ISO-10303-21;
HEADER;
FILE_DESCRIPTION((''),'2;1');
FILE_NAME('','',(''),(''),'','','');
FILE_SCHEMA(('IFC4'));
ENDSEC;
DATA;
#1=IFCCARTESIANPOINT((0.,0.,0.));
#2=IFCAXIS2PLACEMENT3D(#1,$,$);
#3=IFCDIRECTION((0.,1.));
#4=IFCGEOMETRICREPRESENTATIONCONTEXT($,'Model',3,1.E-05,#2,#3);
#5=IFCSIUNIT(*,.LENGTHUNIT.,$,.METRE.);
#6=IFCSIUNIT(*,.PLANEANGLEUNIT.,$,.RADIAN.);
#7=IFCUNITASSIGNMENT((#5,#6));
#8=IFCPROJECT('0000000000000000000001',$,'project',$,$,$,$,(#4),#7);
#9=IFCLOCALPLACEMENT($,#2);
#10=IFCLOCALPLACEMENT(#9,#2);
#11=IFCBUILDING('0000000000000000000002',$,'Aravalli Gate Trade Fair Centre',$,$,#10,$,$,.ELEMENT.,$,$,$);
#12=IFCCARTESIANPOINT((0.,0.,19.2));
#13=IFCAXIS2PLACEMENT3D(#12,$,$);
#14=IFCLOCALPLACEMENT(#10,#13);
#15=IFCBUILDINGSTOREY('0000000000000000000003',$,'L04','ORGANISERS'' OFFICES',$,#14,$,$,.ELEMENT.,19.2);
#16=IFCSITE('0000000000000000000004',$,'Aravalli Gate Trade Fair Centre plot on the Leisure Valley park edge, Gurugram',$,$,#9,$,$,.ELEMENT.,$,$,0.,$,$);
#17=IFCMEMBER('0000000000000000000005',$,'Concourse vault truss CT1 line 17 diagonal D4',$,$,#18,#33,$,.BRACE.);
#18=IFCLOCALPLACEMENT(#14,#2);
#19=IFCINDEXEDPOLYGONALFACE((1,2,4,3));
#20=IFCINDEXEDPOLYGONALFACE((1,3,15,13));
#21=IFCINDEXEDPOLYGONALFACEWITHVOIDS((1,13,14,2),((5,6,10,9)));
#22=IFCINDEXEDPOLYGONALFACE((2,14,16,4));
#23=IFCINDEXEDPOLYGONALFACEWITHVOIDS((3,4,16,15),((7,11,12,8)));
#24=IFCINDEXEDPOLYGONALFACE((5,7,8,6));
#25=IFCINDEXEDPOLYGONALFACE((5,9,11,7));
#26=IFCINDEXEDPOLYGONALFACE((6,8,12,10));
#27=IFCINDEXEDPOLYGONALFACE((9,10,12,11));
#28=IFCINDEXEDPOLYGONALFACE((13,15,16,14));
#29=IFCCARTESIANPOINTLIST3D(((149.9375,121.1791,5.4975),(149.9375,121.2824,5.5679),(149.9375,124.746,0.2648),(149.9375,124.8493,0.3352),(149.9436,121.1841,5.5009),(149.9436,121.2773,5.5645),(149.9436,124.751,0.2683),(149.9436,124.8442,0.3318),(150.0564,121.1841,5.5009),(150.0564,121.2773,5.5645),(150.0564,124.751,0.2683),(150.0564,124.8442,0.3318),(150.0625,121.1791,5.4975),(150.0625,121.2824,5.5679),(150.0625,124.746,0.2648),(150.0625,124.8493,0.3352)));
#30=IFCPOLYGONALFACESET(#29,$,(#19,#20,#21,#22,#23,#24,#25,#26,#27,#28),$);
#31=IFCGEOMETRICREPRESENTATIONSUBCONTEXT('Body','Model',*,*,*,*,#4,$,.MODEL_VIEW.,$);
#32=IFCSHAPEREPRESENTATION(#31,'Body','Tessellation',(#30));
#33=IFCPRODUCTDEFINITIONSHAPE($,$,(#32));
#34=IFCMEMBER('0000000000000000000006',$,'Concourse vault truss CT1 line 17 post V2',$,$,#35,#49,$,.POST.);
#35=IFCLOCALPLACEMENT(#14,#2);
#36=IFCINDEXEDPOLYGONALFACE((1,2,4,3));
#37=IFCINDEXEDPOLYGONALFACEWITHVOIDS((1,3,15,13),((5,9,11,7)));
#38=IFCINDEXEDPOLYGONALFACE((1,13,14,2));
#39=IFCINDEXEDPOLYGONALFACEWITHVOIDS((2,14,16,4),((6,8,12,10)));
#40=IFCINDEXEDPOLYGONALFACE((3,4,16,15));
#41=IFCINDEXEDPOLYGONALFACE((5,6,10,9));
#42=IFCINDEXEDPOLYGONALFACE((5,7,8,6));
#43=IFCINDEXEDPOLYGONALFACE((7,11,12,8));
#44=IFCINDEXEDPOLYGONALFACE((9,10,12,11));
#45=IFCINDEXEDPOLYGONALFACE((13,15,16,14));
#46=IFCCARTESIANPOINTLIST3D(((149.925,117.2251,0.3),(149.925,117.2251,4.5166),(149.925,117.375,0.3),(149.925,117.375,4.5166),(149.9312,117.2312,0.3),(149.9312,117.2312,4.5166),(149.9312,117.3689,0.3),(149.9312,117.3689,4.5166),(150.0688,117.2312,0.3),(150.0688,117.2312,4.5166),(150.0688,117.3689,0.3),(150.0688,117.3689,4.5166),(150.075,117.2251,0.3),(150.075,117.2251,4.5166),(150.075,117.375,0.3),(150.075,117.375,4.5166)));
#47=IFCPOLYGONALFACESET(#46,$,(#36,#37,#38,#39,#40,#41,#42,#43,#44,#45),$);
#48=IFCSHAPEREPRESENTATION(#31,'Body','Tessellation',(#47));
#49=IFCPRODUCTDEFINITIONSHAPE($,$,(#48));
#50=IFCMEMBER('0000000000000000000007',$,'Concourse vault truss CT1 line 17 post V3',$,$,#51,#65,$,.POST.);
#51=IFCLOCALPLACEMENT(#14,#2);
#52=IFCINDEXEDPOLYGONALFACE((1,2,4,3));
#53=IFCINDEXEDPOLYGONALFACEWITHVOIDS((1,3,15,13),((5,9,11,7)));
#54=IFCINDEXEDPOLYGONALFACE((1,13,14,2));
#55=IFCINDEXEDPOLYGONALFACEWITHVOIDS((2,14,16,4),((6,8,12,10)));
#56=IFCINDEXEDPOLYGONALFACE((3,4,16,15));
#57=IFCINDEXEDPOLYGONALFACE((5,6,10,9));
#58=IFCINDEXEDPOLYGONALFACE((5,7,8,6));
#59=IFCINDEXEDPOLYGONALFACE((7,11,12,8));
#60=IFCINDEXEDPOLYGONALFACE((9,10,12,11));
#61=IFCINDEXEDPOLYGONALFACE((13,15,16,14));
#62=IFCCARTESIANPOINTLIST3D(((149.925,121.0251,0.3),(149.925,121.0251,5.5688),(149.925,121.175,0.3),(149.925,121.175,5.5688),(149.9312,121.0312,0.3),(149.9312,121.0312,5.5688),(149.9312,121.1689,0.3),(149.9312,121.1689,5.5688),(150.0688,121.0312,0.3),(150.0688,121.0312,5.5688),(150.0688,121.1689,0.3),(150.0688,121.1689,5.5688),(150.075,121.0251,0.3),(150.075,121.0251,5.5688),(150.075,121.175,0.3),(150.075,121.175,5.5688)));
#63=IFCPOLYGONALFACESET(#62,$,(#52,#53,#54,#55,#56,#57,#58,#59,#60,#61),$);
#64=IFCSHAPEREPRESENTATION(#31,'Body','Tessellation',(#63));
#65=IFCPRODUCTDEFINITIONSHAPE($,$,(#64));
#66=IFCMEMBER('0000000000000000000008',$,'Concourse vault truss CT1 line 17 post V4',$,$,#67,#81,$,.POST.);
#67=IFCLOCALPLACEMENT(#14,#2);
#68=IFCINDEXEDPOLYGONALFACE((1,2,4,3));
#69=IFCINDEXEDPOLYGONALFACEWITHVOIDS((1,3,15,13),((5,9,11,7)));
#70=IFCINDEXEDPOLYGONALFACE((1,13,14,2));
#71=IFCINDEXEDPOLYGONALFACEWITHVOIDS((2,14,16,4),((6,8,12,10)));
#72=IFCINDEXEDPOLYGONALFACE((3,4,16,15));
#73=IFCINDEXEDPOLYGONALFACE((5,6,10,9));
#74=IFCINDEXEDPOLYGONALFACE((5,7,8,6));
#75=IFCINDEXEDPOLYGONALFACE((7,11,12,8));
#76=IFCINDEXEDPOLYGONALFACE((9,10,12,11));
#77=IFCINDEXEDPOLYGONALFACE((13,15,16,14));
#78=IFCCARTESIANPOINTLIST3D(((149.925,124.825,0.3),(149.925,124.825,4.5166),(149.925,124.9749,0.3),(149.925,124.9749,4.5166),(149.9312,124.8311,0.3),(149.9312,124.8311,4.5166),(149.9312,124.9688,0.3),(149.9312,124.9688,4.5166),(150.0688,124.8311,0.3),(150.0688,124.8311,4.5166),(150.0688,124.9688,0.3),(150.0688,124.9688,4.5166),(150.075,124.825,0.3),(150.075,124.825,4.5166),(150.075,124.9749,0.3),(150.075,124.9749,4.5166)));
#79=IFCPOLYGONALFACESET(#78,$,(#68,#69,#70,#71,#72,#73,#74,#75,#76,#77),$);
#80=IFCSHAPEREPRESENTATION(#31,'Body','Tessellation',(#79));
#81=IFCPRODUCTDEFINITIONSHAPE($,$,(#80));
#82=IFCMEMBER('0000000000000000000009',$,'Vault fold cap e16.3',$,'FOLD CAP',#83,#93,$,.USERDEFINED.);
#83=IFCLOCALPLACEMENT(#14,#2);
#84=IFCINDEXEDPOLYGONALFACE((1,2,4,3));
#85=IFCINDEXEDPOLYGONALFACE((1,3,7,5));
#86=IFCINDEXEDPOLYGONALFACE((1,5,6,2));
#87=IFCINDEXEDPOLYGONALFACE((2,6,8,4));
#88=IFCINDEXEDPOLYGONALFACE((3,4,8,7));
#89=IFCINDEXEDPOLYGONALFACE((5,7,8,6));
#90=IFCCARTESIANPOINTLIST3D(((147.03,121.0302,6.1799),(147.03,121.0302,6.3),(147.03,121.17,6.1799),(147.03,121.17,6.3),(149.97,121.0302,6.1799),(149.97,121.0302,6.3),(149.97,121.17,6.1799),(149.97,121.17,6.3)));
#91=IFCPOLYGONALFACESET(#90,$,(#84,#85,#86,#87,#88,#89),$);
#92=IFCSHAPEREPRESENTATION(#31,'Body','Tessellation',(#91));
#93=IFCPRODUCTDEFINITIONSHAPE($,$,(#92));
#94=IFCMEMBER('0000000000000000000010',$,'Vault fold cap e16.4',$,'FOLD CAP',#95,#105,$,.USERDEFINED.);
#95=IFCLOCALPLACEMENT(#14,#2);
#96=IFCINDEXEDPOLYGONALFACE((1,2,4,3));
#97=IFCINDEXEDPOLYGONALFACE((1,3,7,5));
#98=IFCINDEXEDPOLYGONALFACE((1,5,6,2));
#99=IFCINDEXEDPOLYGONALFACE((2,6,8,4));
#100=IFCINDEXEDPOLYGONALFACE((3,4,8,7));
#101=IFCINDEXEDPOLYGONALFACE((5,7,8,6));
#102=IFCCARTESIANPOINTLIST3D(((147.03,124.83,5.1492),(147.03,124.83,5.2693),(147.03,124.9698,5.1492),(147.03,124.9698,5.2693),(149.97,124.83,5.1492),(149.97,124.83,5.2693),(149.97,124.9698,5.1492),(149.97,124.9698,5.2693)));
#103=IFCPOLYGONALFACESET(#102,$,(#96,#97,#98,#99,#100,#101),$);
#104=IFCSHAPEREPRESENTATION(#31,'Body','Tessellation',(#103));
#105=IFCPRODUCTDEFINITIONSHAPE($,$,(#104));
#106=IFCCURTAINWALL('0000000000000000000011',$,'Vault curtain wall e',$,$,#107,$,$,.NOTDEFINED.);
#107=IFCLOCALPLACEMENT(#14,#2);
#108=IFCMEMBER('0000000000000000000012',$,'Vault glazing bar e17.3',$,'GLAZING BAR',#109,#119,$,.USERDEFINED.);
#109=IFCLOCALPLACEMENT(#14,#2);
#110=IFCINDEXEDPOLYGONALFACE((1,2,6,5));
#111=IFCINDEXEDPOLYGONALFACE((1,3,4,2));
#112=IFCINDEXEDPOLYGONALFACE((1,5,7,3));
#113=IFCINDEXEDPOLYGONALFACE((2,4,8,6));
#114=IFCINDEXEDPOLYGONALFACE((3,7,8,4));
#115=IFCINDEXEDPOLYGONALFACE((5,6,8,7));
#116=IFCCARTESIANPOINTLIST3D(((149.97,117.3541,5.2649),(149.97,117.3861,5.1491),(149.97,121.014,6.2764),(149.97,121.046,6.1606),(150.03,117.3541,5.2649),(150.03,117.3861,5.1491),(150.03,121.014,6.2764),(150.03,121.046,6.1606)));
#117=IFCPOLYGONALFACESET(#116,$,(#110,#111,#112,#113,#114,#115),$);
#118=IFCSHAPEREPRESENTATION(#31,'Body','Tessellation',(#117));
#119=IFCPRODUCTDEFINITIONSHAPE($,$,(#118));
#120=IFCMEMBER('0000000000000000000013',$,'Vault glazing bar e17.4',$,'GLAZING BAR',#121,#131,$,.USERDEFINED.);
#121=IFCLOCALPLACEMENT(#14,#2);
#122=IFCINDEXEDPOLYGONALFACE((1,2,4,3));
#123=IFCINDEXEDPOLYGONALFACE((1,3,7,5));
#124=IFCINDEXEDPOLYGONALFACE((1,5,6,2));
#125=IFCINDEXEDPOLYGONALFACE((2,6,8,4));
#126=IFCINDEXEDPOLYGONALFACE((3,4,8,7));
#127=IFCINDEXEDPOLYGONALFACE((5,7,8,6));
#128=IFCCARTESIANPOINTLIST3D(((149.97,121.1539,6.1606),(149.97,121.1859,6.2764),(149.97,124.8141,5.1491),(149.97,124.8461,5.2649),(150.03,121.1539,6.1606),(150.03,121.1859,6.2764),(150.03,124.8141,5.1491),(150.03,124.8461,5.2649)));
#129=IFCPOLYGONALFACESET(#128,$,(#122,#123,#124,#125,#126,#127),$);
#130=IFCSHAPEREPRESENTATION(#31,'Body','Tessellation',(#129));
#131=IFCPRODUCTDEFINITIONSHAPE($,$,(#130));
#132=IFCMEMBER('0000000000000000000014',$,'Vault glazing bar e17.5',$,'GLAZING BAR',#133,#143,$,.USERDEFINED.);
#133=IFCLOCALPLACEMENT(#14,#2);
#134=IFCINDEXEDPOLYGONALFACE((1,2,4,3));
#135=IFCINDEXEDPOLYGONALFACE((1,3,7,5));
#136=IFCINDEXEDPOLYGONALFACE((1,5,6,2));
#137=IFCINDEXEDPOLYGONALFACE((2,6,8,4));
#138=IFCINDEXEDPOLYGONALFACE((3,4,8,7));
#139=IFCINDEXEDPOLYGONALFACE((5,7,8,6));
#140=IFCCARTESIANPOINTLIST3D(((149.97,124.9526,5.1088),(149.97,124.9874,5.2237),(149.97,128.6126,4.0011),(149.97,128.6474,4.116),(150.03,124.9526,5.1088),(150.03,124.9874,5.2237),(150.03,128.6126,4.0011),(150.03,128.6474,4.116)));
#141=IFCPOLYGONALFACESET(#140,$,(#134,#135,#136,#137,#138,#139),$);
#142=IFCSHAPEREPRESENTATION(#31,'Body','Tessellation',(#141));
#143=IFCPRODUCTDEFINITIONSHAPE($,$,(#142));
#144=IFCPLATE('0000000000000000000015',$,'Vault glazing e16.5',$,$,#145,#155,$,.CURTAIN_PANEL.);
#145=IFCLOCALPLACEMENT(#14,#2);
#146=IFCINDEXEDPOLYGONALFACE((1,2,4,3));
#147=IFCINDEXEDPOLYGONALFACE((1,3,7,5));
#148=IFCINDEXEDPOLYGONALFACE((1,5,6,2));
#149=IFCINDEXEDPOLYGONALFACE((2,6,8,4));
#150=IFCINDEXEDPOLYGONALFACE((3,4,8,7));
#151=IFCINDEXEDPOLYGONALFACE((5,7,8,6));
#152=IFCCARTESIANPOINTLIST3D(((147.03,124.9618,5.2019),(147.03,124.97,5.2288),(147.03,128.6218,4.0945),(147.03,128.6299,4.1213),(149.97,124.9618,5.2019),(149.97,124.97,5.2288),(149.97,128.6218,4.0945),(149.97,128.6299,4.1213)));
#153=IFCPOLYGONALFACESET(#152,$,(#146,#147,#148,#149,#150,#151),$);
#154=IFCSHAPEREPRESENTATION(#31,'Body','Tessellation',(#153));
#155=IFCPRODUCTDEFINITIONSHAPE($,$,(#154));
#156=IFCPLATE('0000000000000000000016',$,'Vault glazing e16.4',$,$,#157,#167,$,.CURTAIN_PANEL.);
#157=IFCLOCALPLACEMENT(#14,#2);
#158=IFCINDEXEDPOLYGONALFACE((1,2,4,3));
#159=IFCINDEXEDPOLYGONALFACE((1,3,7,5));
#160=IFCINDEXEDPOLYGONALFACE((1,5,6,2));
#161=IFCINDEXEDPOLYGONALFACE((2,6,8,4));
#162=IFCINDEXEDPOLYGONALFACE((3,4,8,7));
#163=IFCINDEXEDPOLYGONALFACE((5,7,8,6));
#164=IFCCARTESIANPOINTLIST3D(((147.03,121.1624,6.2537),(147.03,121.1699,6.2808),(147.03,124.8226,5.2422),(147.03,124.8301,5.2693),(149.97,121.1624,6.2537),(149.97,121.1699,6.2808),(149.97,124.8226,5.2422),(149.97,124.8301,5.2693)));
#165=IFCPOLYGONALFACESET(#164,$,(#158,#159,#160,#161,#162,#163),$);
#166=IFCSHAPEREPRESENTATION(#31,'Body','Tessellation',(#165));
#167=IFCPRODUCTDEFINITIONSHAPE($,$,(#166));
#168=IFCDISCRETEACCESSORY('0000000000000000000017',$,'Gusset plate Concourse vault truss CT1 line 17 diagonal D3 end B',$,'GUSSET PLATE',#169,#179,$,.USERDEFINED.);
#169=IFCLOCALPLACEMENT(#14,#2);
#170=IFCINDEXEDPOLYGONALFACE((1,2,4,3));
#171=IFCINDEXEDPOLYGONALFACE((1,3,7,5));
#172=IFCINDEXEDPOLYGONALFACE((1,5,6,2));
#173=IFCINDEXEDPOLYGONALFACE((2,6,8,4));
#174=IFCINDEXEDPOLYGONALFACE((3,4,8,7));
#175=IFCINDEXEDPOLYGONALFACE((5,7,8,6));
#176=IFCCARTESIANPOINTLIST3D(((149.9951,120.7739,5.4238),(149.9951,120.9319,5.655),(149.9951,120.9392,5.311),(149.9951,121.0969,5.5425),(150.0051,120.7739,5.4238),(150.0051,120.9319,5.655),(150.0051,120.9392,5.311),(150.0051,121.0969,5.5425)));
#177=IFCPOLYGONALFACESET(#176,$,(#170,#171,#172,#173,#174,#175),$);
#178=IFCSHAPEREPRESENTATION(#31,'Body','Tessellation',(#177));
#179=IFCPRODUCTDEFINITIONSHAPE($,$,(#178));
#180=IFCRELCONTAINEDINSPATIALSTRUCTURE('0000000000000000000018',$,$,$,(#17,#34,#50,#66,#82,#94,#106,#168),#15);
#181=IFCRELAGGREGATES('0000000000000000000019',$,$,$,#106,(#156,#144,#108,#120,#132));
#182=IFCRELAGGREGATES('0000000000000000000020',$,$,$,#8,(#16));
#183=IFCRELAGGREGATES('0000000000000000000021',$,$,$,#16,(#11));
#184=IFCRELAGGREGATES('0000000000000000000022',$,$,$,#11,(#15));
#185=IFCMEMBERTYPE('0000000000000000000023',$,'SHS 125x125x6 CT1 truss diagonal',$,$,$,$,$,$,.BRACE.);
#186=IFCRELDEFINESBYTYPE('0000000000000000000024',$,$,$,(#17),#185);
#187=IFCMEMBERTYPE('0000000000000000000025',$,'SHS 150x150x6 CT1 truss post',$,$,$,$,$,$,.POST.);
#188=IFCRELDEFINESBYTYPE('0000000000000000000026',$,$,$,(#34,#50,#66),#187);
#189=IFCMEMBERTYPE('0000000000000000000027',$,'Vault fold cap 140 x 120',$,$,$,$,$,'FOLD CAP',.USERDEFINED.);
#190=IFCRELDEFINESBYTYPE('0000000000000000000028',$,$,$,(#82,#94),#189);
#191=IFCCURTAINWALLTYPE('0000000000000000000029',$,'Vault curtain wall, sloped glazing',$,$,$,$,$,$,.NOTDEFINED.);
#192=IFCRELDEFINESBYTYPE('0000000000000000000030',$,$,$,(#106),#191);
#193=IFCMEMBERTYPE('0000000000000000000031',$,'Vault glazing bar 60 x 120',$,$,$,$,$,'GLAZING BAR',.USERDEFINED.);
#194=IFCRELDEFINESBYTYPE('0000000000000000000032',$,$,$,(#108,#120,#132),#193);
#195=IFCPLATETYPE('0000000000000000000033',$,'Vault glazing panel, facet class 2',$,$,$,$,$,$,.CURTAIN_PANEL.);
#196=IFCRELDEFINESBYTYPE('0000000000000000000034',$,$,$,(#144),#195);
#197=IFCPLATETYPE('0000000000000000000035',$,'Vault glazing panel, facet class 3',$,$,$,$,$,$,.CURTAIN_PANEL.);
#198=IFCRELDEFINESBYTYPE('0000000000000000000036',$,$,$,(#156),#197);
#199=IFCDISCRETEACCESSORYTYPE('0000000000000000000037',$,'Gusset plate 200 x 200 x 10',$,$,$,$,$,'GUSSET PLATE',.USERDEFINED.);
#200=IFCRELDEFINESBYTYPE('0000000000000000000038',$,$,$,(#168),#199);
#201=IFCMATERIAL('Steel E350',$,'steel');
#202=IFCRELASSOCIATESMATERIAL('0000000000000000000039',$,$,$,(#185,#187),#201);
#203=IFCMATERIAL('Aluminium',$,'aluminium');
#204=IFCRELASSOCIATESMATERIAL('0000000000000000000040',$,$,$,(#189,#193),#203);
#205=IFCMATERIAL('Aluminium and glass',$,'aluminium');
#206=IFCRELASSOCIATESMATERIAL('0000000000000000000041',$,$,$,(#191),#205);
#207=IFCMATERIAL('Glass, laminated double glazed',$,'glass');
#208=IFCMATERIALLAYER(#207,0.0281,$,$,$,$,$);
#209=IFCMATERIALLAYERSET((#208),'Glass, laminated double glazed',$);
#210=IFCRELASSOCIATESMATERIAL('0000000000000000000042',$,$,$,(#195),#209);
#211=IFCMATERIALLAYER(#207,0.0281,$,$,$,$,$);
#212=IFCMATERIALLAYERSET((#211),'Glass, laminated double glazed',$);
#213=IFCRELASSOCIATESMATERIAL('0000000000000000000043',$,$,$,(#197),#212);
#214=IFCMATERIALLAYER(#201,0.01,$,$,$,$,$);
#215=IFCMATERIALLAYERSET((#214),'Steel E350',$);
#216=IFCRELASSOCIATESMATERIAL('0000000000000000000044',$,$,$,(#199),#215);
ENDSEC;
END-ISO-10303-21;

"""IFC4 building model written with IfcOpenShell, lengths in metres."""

from ifc_helpers import new_model, si_unit, direction, frame, origin, origin_2d, place, context, subcontext, project, spatial, polyline, rectangle, hollow_rectangle, outline, extrude, material, layer, layer_set, material_profile, profile_set, type_object, element, aggregate, save


model = new_model("IFC4")

# Units and contexts
model_context = context("Model", 3, precision=1e-05, world=origin(), true_north=direction((0.0, 1.0)))
body_context = subcontext(model_context, "Body", "Model", "MODEL_VIEW")
ifc_project = project(units=[si_unit("LENGTHUNIT", "METRE"), si_unit("PLANEANGLEUNIT", "RADIAN")], contexts=[model_context])

# Site, building, storey
site_placement = place(None, origin())
site = spatial("IfcSite", under=ifc_project, at=site_placement, Name="Aravalli Gate Trade Fair Centre plot on the Leisure Valley park edge, Gurugram", CompositionType="ELEMENT", RefElevation=0.0)
building_placement = place(site_placement, origin())
building = spatial("IfcBuilding", under=site, at=building_placement, Name="Aravalli Gate Trade Fair Centre", CompositionType="ELEMENT")
storey_placement = place(building_placement, frame((0.0, 0.0, 19.2)))
storey = spatial("IfcBuildingStorey", under=building, at=storey_placement, Name="L04", Description="ORGANISERS' OFFICES", CompositionType="ELEMENT", Elevation=19.2)

# Members
ifc_material_1 = material(Name="Steel E350", Category="steel")
ifc_material_profile_1 = material_profile(ifc_material_1, hollow_rectangle(XDim=0.125, YDim=0.125, WallThickness=0.0061, at=origin_2d()), Name="SHS 125x125x6")
ifc_profile_set_1 = profile_set([ifc_material_profile_1], Name="Steel E350")
member_type_1 = type_object("IfcMemberType", Name="SHS 125x125x6 CT1 truss diagonal", PredefinedType="BRACE", material=ifc_profile_set_1)
for number, where, z_axis, x_axis, name in (
    (1, (150.0, 121.2307, 5.5327), (0.0, 0.563247, -0.826289), (-1.0, 0.0, 0.0), "Concourse vault truss CT1 line 17 diagonal D4"),
):
    element("IfcMember", number, at=place(storey_placement, frame(where, z_axis=z_axis, x_axis=x_axis)), inside=storey, type_object=member_type_1, Name=name, PredefinedType="BRACE", context=body_context, shape_type="SweptSolid", body=[
        extrude(hollow_rectangle(XDim=0.125, YDim=0.125, WallThickness=0.0061, at=origin_2d()), origin(), (0.0, 0.0, 1.0), 6.3328),
    ])
ifc_material_profile_2 = material_profile(ifc_material_1, hollow_rectangle(XDim=0.1499, YDim=0.1499, WallThickness=0.0061, at=origin_2d()), Name="SHS 150x150x6")
ifc_profile_set_2 = profile_set([ifc_material_profile_2], Name="Steel E350")
member_type_2 = type_object("IfcMemberType", Name="SHS 150x150x6 CT1 truss post", PredefinedType="POST", material=ifc_profile_set_2)
member_1_placement = place(storey_placement, frame((150.0, 117.3, 0.3), z_axis=(0.0, 0.0, 1.0), x_axis=(1.0, 0.0, 0.0)))
element("IfcMember", 2, at=member_1_placement, inside=storey, type_object=member_type_2, Name="Concourse vault truss CT1 line 17 post V2", PredefinedType="POST", context=body_context, shape_type="SweptSolid", body=[
    extrude(hollow_rectangle(XDim=0.1499, YDim=0.1499, WallThickness=0.0061, at=origin_2d()), origin(), (0.0, 0.0, 1.0), 4.2166),
])
member_2_placement = place(storey_placement, frame((150.0, 121.1001, 0.3), z_axis=(0.0, 0.0, 1.0), x_axis=(1.0, 0.0, 0.0)))
element("IfcMember", 3, at=member_2_placement, inside=storey, type_object=member_type_2, Name="Concourse vault truss CT1 line 17 post V3", PredefinedType="POST", context=body_context, shape_type="SweptSolid", body=[
    extrude(hollow_rectangle(XDim=0.1499, YDim=0.1499, WallThickness=0.0061, at=origin_2d()), origin(), (0.0, 0.0, 1.0), 5.2688),
])
member_3_placement = place(storey_placement, frame((150.0, 124.8999, 0.3), z_axis=(0.0, 0.0, 1.0), x_axis=(1.0, 0.0, 0.0)))
element("IfcMember", 4, at=member_3_placement, inside=storey, type_object=member_type_2, Name="Concourse vault truss CT1 line 17 post V4", PredefinedType="POST", context=body_context, shape_type="SweptSolid", body=[
    extrude(hollow_rectangle(XDim=0.1499, YDim=0.1499, WallThickness=0.0061, at=origin_2d()), origin(), (0.0, 0.0, 1.0), 4.2166),
])
ifc_material_2 = material(Name="Aluminium", Category="aluminium")
ifc_material_profile_3 = material_profile(ifc_material_2, rectangle(XDim=0.1399, YDim=0.1201, at=origin_2d()), Name="Vault fold cap 140 x 120")
ifc_profile_set_3 = profile_set([ifc_material_profile_3], Name="Aluminium")
member_type_3 = type_object("IfcMemberType", Name="Vault fold cap 140 x 120", ElementType="FOLD CAP", PredefinedType="USERDEFINED", material=ifc_profile_set_3)
for number, where, z_axis, x_axis, name in (
    (5, (147.03, 121.1001, 6.24), (1.0, 0.0, 0.0), (0.0, 1.0, 0.0), "Vault fold cap e16.3"),
    (6, (147.03, 124.8999, 5.2092), (1.0, 0.0, 0.0), (0.0, 1.0, 0.0), "Vault fold cap e16.4"),
):
    element("IfcMember", number, at=place(storey_placement, frame(where, z_axis=z_axis, x_axis=x_axis)), inside=storey, type_object=member_type_3, Name=name, ObjectType="FOLD CAP", PredefinedType="USERDEFINED", context=body_context, shape_type="SweptSolid", body=[
        extrude(rectangle(XDim=0.1399, YDim=0.1201, at=origin_2d()), origin(), (0.0, 0.0, 1.0), 2.9399),
    ])

# Curtain wall, members, plates
ifc_material_3 = material(Name="Aluminium and glass", Category="aluminium")
curtain_wall_type = type_object("IfcCurtainWallType", Name="Vault curtain wall, sloped glazing", PredefinedType="NOTDEFINED", material=ifc_material_3)
curtain_wall_placement = place(storey_placement, origin())
curtain_wall = element("IfcCurtainWall", 7, at=curtain_wall_placement, inside=storey, type_object=curtain_wall_type, Name="Vault curtain wall e", PredefinedType="NOTDEFINED")
ifc_material_profile_4 = material_profile(ifc_material_2, rectangle(XDim=0.0601, YDim=0.1201, at=origin_2d()), Name="Vault glazing bar 60 x 120")
ifc_profile_set_4 = profile_set([ifc_material_profile_4], Name="Aluminium")
member_type_4 = type_object("IfcMemberType", Name="Vault glazing bar 60 x 120", ElementType="GLAZING BAR", PredefinedType="USERDEFINED", material=ifc_profile_set_4)
member_4_placement = place(storey_placement, frame((150.0, 117.3701, 5.207), z_axis=(0.0, 0.963868, 0.26638), x_axis=(-1.0, 0.0, 0.0)))
member_4 = element("IfcMember", 8, at=member_4_placement, type_object=member_type_4, Name="Vault glazing bar e17.3", ObjectType="GLAZING BAR", PredefinedType="USERDEFINED", context=body_context, shape_type="SweptSolid", body=[
    extrude(rectangle(XDim=0.0601, YDim=0.1201, at=origin_2d()), origin(), (0.0, 0.0, 1.0), 3.7971),
])
member_5_placement = place(storey_placement, frame((150.0, 121.1699, 6.2185), z_axis=(0.0, 0.963873, -0.266364), x_axis=(-1.0, 0.0, 0.0)))
member_5 = element("IfcMember", 9, at=member_5_placement, type_object=member_type_4, Name="Vault glazing bar e17.4", ObjectType="GLAZING BAR", PredefinedType="USERDEFINED", context=body_context, shape_type="SweptSolid", body=[
    extrude(rectangle(XDim=0.0601, YDim=0.1201, at=origin_2d()), origin(), (0.0, 0.0, 1.0), 3.7974),
])
member_6_placement = place(storey_placement, frame((150.0, 124.97, 5.1663), z_axis=(0.0, 0.957126, -0.289672), x_axis=(-1.0, 0.0, 0.0)))
member_6 = element("IfcMember", 10, at=member_6_placement, type_object=member_type_4, Name="Vault glazing bar e17.5", ObjectType="GLAZING BAR", PredefinedType="USERDEFINED", context=body_context, shape_type="SweptSolid", body=[
    extrude(rectangle(XDim=0.0601, YDim=0.1201, at=origin_2d()), origin(), (0.0, 0.0, 1.0), 3.824),
])
ifc_material_4 = material(Name="Glass, laminated double glazed", Category="glass")
ifc_layer_1 = layer(ifc_material_4, 0.0281)
ifc_layer_set_1 = layer_set([ifc_layer_1], Name="Glass, laminated double glazed")
plate_type_1 = type_object("IfcPlateType", Name="Vault glazing panel, facet class 2", PredefinedType="CURTAIN_PANEL", material=ifc_layer_set_1)
plate_1_placement = place(storey_placement, frame((147.03, 124.97, 5.2288), z_axis=(0.0, 0.289614, 0.957144), x_axis=(1.0, 0.0, 0.0)))
plate_1 = element("IfcPlate", 11, at=plate_1_placement, type_object=plate_type_1, Name="Vault glazing e16.5", PredefinedType="CURTAIN_PANEL", context=body_context, shape_type="SweptSolid", body=[
    extrude(outline(polyline([(0.0, 0.0), (2.9399, 0.0), (2.9399, 3.8238), (0.0, 3.8238), (0.0, 0.0)])), origin(), (0.0, 0.0, -1.0), 0.0281),
])
ifc_layer_2 = layer(ifc_material_4, 0.0281)
ifc_layer_set_2 = layer_set([ifc_layer_2], Name="Glass, laminated double glazed")
plate_type_2 = type_object("IfcPlateType", Name="Vault glazing panel, facet class 3", PredefinedType="CURTAIN_PANEL", material=ifc_layer_set_2)
plate_2_placement = place(storey_placement, frame((147.03, 121.1699, 6.2808), z_axis=(0.0, 0.266364, 0.963873), x_axis=(1.0, 0.0, 0.0)))
plate_2 = element("IfcPlate", 12, at=plate_2_placement, type_object=plate_type_2, Name="Vault glazing e16.4", PredefinedType="CURTAIN_PANEL", context=body_context, shape_type="SweptSolid", body=[
    extrude(outline(polyline([(0.0, 0.0), (2.9399, 0.0), (2.9399, 3.7973), (0.0, 3.7973), (0.0, 0.0)])), origin(), (0.0, 0.0, -1.0), 0.0281),
])
aggregate(curtain_wall, [plate_2, plate_1, member_4, member_5, member_6])

# Discrete accessory
ifc_layer_3 = layer(ifc_material_1, 0.01)
ifc_layer_set_3 = layer_set([ifc_layer_3], Name="Steel E350")
discrete_accessory_type = type_object("IfcDiscreteAccessoryType", Name="Gusset plate 200 x 200 x 10", ElementType="GUSSET PLATE", PredefinedType="USERDEFINED", material=ifc_layer_set_3)
discrete_accessory_1_placement = place(storey_placement, frame((149.9951, 120.7739, 5.4238), z_axis=(-1.0, 0.0, 0.0), x_axis=(0.0, 0.564121, 0.825692)))
element("IfcDiscreteAccessory", 13, at=discrete_accessory_1_placement, inside=storey, type_object=discrete_accessory_type, Name="Gusset plate Concourse vault truss CT1 line 17 diagonal D3 end B", ObjectType="GUSSET PLATE", PredefinedType="USERDEFINED", context=body_context, shape_type="SweptSolid", body=[
    extrude(outline(polyline([(0.0, 0.0), (0.28, 0.0), (0.2802, 0.1998), (0.0001, 0.2001), (0.0, 0.0)])), origin(), (0.0, 0.0, -1.0), 0.01),
])

save(model, "model.ifc")
